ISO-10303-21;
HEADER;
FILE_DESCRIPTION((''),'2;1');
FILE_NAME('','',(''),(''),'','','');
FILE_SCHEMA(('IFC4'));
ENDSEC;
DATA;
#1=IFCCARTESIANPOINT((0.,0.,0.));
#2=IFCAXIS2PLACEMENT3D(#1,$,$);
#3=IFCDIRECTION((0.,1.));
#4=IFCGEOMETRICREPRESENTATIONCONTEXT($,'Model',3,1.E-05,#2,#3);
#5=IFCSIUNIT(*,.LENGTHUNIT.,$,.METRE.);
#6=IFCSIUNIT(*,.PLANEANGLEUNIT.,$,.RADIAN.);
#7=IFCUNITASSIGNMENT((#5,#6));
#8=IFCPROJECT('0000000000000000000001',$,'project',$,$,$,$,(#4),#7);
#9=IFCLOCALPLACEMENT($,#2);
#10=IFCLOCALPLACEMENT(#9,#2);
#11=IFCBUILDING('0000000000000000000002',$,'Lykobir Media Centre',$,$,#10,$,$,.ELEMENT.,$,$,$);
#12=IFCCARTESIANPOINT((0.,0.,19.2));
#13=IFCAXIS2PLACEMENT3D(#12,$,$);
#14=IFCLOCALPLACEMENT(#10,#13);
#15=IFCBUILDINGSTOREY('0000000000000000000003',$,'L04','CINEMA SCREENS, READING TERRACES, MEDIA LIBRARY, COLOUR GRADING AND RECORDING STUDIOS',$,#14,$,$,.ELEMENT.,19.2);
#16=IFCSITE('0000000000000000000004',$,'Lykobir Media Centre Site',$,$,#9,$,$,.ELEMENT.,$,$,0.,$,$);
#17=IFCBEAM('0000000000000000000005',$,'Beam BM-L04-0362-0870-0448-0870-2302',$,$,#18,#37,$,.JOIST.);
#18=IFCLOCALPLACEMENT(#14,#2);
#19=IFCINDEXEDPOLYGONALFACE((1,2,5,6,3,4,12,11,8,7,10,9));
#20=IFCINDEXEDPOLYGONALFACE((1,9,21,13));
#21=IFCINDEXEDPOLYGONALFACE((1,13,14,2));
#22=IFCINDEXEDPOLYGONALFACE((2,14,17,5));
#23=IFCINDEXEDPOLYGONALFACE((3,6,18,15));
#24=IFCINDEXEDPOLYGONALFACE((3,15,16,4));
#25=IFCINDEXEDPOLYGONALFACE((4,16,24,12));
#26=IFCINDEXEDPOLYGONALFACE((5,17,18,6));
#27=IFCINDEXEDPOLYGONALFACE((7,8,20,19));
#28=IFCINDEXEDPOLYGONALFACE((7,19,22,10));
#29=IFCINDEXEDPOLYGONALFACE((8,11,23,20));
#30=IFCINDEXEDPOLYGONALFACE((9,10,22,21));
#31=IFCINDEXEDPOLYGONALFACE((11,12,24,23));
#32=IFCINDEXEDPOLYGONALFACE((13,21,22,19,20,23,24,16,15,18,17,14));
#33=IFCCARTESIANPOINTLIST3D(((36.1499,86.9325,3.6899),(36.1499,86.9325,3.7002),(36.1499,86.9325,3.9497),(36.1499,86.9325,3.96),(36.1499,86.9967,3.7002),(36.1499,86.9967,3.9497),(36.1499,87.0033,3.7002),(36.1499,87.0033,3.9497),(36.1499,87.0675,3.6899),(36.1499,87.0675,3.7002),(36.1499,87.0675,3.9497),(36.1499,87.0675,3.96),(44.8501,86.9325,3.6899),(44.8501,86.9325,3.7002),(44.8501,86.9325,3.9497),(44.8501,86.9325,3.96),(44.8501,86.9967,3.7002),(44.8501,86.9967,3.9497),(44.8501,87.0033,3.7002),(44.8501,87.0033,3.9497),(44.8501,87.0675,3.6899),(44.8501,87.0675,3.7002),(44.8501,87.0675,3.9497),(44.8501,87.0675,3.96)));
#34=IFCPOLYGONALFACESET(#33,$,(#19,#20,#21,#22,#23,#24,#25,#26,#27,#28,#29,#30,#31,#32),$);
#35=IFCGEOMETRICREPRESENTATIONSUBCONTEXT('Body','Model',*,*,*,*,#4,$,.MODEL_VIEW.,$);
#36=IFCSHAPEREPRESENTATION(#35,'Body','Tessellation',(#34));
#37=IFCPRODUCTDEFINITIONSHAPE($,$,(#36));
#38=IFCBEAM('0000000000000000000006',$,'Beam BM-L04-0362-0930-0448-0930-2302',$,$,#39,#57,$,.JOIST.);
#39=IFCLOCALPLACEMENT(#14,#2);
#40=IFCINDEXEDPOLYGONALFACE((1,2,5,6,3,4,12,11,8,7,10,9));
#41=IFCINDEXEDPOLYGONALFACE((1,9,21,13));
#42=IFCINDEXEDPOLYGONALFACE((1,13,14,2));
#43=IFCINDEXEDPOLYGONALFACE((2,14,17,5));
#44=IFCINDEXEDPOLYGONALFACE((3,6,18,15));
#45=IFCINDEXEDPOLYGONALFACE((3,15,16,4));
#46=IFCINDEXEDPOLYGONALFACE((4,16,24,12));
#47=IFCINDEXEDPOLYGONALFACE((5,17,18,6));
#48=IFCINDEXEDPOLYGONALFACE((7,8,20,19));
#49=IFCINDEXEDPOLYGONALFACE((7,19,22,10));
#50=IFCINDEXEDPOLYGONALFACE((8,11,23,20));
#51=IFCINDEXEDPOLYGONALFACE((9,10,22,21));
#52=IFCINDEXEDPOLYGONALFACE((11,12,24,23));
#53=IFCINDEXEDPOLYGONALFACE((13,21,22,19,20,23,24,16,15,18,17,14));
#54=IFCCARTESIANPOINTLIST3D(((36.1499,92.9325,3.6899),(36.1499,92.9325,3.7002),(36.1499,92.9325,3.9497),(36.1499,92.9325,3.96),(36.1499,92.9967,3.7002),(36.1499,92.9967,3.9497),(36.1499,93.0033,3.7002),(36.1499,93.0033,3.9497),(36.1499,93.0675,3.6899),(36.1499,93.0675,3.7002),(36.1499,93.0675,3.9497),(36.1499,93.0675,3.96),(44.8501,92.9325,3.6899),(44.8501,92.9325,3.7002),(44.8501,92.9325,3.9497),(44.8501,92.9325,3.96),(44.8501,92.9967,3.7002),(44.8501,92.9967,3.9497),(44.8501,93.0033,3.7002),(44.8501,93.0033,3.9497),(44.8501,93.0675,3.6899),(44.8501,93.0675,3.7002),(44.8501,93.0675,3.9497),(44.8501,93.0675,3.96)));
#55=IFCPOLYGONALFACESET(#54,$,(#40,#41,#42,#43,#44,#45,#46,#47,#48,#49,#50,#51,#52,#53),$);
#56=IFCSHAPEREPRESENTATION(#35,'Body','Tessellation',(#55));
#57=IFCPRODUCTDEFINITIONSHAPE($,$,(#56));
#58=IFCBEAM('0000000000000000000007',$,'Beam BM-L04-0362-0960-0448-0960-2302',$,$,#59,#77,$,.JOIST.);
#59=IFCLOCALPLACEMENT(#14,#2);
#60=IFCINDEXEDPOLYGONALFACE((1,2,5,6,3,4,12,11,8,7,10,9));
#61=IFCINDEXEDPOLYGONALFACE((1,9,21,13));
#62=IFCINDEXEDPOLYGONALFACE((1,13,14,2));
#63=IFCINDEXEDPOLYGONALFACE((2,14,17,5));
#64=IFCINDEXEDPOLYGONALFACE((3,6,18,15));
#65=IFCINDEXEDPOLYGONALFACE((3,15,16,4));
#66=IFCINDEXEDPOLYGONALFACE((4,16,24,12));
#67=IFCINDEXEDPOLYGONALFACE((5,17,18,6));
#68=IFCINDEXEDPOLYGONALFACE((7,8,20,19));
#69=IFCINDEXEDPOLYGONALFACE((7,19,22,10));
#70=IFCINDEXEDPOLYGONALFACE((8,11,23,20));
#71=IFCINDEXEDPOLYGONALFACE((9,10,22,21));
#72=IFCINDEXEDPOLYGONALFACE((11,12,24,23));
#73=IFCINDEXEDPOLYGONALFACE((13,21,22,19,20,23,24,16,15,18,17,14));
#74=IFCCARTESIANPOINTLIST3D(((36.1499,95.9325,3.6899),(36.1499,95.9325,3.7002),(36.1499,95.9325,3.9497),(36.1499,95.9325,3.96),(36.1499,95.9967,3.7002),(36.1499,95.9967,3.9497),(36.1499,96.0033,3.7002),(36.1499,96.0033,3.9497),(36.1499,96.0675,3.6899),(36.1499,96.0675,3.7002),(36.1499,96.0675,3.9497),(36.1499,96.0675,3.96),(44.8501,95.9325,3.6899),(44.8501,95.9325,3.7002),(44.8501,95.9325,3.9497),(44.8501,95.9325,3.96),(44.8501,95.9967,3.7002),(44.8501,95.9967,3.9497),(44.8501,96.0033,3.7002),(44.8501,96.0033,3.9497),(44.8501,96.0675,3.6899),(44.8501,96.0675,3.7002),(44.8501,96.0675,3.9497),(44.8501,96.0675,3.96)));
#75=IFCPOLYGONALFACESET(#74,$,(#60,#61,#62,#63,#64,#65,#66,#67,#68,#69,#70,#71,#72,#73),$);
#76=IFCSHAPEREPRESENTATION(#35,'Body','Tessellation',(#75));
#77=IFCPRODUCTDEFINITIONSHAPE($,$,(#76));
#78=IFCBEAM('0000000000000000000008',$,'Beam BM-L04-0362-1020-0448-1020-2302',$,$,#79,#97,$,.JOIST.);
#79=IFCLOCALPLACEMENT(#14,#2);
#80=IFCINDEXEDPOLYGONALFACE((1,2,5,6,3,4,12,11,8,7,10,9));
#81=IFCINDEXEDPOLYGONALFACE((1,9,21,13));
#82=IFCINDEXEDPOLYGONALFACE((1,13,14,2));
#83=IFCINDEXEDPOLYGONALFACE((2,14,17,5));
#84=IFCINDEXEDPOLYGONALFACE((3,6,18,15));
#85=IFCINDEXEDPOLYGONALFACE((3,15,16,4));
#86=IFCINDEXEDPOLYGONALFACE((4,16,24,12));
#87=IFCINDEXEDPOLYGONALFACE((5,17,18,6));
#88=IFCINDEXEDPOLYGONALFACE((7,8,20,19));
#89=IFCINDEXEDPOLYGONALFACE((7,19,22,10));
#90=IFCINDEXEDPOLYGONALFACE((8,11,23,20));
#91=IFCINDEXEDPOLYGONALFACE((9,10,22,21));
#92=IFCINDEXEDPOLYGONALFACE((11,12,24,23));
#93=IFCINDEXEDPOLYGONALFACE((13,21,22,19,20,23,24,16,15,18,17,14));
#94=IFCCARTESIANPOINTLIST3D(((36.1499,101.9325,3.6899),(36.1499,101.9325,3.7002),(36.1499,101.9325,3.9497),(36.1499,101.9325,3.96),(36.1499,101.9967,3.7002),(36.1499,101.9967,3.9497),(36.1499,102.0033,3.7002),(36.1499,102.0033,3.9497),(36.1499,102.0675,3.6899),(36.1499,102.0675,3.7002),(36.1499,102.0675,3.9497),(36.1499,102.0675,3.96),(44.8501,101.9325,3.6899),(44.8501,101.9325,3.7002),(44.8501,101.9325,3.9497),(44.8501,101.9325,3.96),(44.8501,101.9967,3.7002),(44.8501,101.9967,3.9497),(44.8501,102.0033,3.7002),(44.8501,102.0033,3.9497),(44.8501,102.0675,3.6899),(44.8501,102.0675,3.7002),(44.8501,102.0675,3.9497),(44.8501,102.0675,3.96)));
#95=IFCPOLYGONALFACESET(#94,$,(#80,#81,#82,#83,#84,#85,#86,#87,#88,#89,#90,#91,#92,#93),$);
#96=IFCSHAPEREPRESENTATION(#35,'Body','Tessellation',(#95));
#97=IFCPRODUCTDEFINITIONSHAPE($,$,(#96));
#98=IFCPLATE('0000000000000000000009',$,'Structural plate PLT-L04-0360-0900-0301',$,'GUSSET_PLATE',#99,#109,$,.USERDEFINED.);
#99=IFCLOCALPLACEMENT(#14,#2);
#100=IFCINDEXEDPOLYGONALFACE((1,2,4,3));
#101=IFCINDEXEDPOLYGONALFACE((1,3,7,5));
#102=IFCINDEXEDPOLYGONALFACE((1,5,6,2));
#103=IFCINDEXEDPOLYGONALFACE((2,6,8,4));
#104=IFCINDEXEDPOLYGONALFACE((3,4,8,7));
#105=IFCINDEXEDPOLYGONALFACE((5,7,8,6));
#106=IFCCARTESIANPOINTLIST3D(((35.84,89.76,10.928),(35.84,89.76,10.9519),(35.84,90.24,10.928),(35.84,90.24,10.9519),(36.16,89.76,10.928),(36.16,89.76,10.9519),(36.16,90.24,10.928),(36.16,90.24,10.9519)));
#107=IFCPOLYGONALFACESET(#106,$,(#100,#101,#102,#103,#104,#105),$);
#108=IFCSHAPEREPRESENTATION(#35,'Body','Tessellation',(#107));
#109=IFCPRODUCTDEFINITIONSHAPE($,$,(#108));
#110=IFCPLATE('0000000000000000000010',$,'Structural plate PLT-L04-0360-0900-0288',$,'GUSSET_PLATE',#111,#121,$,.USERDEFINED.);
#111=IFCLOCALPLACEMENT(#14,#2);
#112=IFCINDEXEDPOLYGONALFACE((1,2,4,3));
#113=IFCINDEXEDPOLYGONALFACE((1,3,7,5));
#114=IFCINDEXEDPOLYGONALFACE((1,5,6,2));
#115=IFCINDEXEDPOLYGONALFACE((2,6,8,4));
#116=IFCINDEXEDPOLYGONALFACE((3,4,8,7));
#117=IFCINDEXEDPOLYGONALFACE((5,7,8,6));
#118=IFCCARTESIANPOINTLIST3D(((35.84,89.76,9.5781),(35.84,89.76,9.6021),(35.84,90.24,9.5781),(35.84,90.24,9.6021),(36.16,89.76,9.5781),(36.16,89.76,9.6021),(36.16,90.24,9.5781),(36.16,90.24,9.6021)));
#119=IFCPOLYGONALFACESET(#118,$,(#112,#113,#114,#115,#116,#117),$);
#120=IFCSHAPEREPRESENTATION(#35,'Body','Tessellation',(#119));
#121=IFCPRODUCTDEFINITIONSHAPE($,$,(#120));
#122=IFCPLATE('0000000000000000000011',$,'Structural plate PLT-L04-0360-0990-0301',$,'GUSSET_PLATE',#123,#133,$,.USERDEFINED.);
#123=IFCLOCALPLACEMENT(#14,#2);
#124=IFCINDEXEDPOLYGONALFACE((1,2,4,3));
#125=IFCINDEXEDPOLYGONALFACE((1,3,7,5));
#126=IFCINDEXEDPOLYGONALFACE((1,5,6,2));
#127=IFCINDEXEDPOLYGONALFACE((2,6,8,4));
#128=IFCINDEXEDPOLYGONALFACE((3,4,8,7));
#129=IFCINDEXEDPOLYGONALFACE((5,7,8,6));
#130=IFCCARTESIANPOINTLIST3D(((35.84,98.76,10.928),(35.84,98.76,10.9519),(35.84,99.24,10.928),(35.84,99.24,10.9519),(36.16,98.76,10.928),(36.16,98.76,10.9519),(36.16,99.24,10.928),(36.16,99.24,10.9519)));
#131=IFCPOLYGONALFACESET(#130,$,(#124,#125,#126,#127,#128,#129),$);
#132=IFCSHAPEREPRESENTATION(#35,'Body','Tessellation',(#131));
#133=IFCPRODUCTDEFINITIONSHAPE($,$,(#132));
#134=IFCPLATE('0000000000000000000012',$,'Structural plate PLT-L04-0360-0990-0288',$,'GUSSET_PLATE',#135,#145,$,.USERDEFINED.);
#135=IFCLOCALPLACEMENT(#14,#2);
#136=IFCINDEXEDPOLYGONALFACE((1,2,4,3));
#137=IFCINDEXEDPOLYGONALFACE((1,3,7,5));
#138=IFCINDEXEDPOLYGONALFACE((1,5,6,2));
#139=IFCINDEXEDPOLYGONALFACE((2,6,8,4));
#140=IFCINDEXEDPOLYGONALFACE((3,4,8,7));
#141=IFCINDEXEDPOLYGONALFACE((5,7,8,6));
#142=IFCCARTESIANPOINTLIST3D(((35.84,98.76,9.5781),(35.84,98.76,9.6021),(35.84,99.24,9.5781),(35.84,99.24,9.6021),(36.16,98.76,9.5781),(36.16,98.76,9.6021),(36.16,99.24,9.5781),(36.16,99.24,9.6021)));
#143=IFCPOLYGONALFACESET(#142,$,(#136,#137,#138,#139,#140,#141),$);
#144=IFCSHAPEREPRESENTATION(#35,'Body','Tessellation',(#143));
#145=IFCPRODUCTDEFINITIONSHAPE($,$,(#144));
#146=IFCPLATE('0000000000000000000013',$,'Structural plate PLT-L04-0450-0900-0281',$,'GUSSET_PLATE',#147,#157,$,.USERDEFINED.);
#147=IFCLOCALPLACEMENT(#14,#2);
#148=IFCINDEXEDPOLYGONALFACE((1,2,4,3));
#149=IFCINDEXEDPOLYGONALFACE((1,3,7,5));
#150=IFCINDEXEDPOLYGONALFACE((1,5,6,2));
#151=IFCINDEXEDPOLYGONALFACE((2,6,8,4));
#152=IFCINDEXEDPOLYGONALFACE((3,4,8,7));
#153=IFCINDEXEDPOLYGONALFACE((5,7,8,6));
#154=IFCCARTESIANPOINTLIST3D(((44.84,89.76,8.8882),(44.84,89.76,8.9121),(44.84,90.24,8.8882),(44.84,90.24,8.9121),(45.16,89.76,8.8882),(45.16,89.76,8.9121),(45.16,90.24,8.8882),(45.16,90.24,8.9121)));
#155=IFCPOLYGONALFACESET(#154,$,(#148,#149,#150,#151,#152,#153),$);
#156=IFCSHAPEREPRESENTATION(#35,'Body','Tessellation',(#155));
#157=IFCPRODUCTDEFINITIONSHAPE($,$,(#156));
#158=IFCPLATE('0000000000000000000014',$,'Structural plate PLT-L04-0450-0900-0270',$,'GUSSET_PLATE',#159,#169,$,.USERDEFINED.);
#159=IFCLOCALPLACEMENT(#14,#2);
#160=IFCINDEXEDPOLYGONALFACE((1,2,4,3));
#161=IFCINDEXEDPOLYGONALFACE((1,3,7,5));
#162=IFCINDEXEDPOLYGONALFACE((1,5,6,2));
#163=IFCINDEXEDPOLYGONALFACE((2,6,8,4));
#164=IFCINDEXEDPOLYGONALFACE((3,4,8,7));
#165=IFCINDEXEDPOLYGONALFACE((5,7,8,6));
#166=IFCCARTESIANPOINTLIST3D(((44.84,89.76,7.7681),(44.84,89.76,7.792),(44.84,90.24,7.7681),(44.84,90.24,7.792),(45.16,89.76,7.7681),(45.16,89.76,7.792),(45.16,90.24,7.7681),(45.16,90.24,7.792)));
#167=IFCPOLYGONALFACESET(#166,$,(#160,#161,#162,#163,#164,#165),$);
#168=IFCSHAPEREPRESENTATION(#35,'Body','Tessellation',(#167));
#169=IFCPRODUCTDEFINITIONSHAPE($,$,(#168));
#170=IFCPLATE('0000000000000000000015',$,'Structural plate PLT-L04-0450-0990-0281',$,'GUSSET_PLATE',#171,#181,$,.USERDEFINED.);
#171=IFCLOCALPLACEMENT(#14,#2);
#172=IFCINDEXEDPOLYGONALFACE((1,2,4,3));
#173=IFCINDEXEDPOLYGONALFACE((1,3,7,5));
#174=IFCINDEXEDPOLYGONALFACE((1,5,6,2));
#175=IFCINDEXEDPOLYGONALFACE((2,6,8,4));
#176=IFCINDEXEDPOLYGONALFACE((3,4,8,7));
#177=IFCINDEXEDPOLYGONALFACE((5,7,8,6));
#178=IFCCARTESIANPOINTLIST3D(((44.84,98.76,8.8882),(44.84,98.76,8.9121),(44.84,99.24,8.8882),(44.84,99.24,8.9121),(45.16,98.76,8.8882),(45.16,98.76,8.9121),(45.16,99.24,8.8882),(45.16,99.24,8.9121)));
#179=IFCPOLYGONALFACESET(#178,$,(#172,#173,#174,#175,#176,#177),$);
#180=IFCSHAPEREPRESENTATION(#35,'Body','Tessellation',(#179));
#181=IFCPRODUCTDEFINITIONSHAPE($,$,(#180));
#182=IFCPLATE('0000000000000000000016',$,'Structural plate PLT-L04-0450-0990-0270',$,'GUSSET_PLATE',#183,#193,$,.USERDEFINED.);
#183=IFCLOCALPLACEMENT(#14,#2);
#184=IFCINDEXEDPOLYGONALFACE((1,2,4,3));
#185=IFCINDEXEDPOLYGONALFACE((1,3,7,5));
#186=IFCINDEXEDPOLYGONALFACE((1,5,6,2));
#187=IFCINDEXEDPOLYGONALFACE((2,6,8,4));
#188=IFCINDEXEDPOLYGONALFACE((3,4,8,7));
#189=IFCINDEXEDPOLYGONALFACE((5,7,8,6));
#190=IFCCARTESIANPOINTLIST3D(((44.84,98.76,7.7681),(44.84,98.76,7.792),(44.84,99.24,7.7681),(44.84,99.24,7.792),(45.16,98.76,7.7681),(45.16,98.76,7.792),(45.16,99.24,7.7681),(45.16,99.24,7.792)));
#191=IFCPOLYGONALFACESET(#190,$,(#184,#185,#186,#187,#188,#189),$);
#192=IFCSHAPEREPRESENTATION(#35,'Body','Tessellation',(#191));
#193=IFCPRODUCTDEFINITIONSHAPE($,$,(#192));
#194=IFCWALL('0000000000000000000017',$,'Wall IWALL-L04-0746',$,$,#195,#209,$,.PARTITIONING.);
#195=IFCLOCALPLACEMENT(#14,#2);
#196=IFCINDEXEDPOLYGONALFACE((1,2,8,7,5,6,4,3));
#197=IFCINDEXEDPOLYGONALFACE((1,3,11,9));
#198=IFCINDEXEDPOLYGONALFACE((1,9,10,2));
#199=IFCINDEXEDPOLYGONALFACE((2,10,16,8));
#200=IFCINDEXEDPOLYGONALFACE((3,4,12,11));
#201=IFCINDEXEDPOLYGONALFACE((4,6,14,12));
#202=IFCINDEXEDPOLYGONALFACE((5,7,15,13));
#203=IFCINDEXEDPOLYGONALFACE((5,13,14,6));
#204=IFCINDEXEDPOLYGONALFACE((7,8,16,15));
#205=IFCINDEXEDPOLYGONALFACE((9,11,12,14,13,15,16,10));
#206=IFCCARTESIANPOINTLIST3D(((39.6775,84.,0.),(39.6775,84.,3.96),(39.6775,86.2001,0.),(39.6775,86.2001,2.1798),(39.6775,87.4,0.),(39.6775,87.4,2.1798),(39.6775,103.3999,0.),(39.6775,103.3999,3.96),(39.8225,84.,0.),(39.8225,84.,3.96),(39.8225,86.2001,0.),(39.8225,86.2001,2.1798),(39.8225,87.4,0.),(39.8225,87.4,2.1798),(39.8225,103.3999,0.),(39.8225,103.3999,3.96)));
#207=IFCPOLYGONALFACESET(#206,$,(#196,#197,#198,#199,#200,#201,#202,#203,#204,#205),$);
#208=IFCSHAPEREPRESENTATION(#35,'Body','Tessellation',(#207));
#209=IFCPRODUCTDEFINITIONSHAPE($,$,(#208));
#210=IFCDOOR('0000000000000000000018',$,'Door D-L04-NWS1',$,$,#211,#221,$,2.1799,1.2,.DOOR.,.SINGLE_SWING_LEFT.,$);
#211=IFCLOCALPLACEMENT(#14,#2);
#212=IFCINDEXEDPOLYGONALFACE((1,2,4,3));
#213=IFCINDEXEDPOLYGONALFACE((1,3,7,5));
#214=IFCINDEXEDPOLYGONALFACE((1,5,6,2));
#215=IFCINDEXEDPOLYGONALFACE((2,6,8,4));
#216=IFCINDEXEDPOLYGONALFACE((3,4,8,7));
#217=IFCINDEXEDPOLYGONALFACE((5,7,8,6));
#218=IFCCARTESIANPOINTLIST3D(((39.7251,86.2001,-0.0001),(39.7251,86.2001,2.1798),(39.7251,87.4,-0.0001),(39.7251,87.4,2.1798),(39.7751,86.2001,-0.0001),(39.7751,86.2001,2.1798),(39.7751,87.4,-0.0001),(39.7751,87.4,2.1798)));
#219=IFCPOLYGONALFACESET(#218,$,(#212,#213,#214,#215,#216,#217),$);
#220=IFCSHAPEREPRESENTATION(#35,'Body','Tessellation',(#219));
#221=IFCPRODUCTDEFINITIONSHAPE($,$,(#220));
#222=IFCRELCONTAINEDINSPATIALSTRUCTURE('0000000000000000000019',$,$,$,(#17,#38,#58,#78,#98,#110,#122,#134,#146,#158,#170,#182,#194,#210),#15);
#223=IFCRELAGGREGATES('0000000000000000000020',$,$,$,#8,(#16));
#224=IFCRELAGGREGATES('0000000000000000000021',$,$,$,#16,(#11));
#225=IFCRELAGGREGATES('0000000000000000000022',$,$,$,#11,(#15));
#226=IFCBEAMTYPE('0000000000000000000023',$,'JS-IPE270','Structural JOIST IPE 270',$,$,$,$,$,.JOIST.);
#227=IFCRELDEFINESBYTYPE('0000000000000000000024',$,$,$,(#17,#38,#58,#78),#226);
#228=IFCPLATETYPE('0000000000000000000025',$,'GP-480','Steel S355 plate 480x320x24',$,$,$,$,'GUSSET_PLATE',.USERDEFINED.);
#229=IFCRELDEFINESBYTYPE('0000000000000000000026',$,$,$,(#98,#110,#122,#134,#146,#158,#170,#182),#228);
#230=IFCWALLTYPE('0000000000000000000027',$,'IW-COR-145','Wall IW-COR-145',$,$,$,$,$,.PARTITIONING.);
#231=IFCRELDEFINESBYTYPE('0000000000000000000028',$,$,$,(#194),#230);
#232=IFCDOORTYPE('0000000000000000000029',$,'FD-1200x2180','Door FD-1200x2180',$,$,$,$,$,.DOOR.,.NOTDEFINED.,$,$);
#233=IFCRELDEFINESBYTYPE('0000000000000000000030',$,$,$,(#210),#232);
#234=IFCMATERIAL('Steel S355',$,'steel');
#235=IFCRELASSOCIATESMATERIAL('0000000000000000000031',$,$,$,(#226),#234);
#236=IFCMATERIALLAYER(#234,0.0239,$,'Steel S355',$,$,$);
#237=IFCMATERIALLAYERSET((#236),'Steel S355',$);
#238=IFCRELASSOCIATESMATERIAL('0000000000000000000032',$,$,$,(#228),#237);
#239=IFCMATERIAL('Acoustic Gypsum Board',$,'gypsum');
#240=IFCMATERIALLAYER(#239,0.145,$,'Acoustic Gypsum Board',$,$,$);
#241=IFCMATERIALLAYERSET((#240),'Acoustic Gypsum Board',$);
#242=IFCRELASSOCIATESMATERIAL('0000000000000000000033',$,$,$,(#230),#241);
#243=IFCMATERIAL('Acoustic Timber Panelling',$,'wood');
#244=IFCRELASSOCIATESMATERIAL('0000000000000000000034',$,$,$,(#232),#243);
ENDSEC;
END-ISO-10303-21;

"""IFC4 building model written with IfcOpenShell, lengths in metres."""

from ifc_helpers import new_model, si_unit, direction, frame, frame_2d, origin, origin_2d, place, context, subcontext, project, spatial, rectangle, i_section, extrude, material, layer, layer_set, material_profile, profile_set, type_object, element, fill, save


model = new_model("IFC4")

# Units and contexts
model_context = context("Model", 3, precision=1e-05, world=origin(), true_north=direction((0.0, 1.0)))
body_context = subcontext(model_context, "Body", "Model", "MODEL_VIEW")
ifc_project = project(units=[si_unit("LENGTHUNIT", "METRE"), si_unit("PLANEANGLEUNIT", "RADIAN")], contexts=[model_context])

# Site, building, storey
site_placement = place(None, origin())
site = spatial("IfcSite", under=ifc_project, at=site_placement, Name="Lykobir Media Centre Site", CompositionType="ELEMENT", RefElevation=0.0)
building_placement = place(site_placement, origin())
building = spatial("IfcBuilding", under=site, at=building_placement, Name="Lykobir Media Centre", CompositionType="ELEMENT")
storey_placement = place(building_placement, frame((0.0, 0.0, 19.2)))
storey = spatial("IfcBuildingStorey", under=building, at=storey_placement, Name="L04", Description="CINEMA SCREENS, READING TERRACES, MEDIA LIBRARY, COLOUR GRADING AND RECORDING STUDIOS", CompositionType="ELEMENT", Elevation=19.2)

# Shared definitions
ifc_material_1 = material(Name="Steel S355", Category="steel")

# Beams
ifc_material_profile_1 = material_profile(ifc_material_1, i_section(OverallWidth=0.135, OverallDepth=0.27, WebThickness=0.0066, FlangeThickness=0.0103, at=origin_2d()), Name="IPE 270")
ifc_profile_set_1 = profile_set([ifc_material_profile_1], Name="Steel S355")
beam_type_1 = type_object("IfcBeamType", Name="JS-IPE270", Description="Structural JOIST IPE 270", PredefinedType="JOIST", material=ifc_profile_set_1)
for number, where, z_axis, x_axis, name in (
    (1, (36.1499, 87.0, 3.825), (1.0, 0.0, 0.0), (0.0, 1.0, 0.0), "Beam BM-L04-0362-0870-0448-0870-2302"),
    (2, (36.1499, 93.0, 3.825), (1.0, 0.0, 0.0), (0.0, 1.0, 0.0), "Beam BM-L04-0362-0930-0448-0930-2302"),
    (3, (36.1499, 96.0, 3.825), (1.0, 0.0, 0.0), (0.0, 1.0, 0.0), "Beam BM-L04-0362-0960-0448-0960-2302"),
    (4, (36.1499, 102.0, 3.825), (1.0, 0.0, 0.0), (0.0, 1.0, 0.0), "Beam BM-L04-0362-1020-0448-1020-2302"),
):
    element("IfcBeam", number, at=place(storey_placement, frame(where, z_axis=z_axis, x_axis=x_axis)), inside=storey, type_object=beam_type_1, Name=name, PredefinedType="JOIST", context=body_context, shape_type="SweptSolid", body=[
        extrude(i_section(OverallWidth=0.135, OverallDepth=0.27, WebThickness=0.0066, FlangeThickness=0.0103, at=origin_2d()), origin(), (0.0, 0.0, 1.0), 8.7002),
    ])

# Plates
ifc_layer_1 = layer(ifc_material_1, 0.0239, Name="Steel S355")
ifc_layer_set_1 = layer_set([ifc_layer_1], Name="Steel S355")
plate_type = type_object("IfcPlateType", Name="GP-480", Description="Steel S355 plate 480x320x24", ElementType="GUSSET_PLATE", PredefinedType="USERDEFINED", material=ifc_layer_set_1)
for number, where, z_axis, x_axis, name in (
    (5, (36.0, 90.0, 10.928), (0.0, 0.0, 1.0), (0.0, 1.0, 0.0), "Structural plate PLT-L04-0360-0900-0301"),
    (6, (36.0, 90.0, 9.5781), (0.0, 0.0, 1.0), (0.0, 1.0, 0.0), "Structural plate PLT-L04-0360-0900-0288"),
    (7, (36.0, 99.0, 10.928), (0.0, 0.0, 1.0), (0.0, 1.0, 0.0), "Structural plate PLT-L04-0360-0990-0301"),
    (8, (36.0, 99.0, 9.5781), (0.0, 0.0, 1.0), (0.0, 1.0, 0.0), "Structural plate PLT-L04-0360-0990-0288"),
    (9, (45.0, 90.0, 8.8882), (0.0, 0.0, 1.0), (0.0, 1.0, 0.0), "Structural plate PLT-L04-0450-0900-0281"),
    (10, (45.0, 90.0, 7.7681), (0.0, 0.0, 1.0), (0.0, 1.0, 0.0), "Structural plate PLT-L04-0450-0900-0270"),
    (11, (45.0, 99.0, 8.8882), (0.0, 0.0, 1.0), (0.0, 1.0, 0.0), "Structural plate PLT-L04-0450-0990-0281"),
    (12, (45.0, 99.0, 7.7681), (0.0, 0.0, 1.0), (0.0, 1.0, 0.0), "Structural plate PLT-L04-0450-0990-0270"),
):
    element("IfcPlate", number, at=place(storey_placement, frame(where, z_axis=z_axis, x_axis=x_axis)), inside=storey, type_object=plate_type, Name=name, ObjectType="GUSSET_PLATE", PredefinedType="USERDEFINED", context=body_context, shape_type="SweptSolid", body=[
        extrude(rectangle(XDim=0.48, YDim=0.3201, at=origin_2d()), origin(), (0.0, 0.0, 1.0), 0.0239),
    ])

# Wall, opening, door
ifc_material_2 = material(Name="Acoustic Gypsum Board", Category="gypsum")
ifc_layer_2 = layer(ifc_material_2, 0.145, Name="Acoustic Gypsum Board")
ifc_layer_set_2 = layer_set([ifc_layer_2], Name="Acoustic Gypsum Board")
wall_type = type_object("IfcWallType", Name="IW-COR-145", Description="Wall IW-COR-145", PredefinedType="PARTITIONING", material=ifc_layer_set_2)
wall_placement = place(storey_placement, frame((39.75, 84.0, 0.0), z_axis=(0.0, 0.0, 1.0), x_axis=(0.0, 1.0, 0.0)))
wall = element("IfcWall", 13, at=wall_placement, inside=storey, type_object=wall_type, Name="Wall IWALL-L04-0746", PredefinedType="PARTITIONING", context=body_context, shape_type="SweptSolid", body=[
    extrude(rectangle(XDim=19.3999, YDim=0.145, at=frame_2d((9.7, 0.0))), origin(), (0.0, 0.0, 1.0), 3.96),
])
opening_placement = place(wall_placement, frame((2.2, 0.0, 0.0)))
opening = element("IfcOpeningElement", 14, at=opening_placement, cuts=wall, PredefinedType="OPENING", context=body_context, shape_type="SweptSolid", body=[
    extrude(rectangle(XDim=1.2, YDim=2.1799, at=frame_2d((0.6001, 1.0898))), frame((0.0, 0.0825, 0.0), z_axis=(0.0, -1.0, 0.0), x_axis=(1.0, 0.0, 0.0)), (0.0, 0.0, 1.0), 0.165),
])
ifc_material_3 = material(Name="Acoustic Timber Panelling", Category="wood")
door_type = type_object("IfcDoorType", Name="FD-1200x2180", Description="Door FD-1200x2180", OperationType="NOTDEFINED", PredefinedType="DOOR", material=ifc_material_3)
door_placement = place(opening_placement, origin())
door = element("IfcDoor", 15, at=door_placement, inside=storey, type_object=door_type, Name="Door D-L04-NWS1", OperationType="SINGLE_SWING_LEFT", OverallHeight=2.1799, OverallWidth=1.2, PredefinedType="DOOR", context=body_context, shape_type="SweptSolid", body=[
    extrude(rectangle(XDim=1.2, YDim=2.1799, at=frame_2d((0.6001, 1.0898))), frame((0.0, 0.0249, 0.0), z_axis=(0.0, -1.0, 0.0), x_axis=(1.0, 0.0, 0.0)), (0.0, 0.0, 1.0), 0.05),
])
fill(opening, door)

save(model, "model.ifc")
